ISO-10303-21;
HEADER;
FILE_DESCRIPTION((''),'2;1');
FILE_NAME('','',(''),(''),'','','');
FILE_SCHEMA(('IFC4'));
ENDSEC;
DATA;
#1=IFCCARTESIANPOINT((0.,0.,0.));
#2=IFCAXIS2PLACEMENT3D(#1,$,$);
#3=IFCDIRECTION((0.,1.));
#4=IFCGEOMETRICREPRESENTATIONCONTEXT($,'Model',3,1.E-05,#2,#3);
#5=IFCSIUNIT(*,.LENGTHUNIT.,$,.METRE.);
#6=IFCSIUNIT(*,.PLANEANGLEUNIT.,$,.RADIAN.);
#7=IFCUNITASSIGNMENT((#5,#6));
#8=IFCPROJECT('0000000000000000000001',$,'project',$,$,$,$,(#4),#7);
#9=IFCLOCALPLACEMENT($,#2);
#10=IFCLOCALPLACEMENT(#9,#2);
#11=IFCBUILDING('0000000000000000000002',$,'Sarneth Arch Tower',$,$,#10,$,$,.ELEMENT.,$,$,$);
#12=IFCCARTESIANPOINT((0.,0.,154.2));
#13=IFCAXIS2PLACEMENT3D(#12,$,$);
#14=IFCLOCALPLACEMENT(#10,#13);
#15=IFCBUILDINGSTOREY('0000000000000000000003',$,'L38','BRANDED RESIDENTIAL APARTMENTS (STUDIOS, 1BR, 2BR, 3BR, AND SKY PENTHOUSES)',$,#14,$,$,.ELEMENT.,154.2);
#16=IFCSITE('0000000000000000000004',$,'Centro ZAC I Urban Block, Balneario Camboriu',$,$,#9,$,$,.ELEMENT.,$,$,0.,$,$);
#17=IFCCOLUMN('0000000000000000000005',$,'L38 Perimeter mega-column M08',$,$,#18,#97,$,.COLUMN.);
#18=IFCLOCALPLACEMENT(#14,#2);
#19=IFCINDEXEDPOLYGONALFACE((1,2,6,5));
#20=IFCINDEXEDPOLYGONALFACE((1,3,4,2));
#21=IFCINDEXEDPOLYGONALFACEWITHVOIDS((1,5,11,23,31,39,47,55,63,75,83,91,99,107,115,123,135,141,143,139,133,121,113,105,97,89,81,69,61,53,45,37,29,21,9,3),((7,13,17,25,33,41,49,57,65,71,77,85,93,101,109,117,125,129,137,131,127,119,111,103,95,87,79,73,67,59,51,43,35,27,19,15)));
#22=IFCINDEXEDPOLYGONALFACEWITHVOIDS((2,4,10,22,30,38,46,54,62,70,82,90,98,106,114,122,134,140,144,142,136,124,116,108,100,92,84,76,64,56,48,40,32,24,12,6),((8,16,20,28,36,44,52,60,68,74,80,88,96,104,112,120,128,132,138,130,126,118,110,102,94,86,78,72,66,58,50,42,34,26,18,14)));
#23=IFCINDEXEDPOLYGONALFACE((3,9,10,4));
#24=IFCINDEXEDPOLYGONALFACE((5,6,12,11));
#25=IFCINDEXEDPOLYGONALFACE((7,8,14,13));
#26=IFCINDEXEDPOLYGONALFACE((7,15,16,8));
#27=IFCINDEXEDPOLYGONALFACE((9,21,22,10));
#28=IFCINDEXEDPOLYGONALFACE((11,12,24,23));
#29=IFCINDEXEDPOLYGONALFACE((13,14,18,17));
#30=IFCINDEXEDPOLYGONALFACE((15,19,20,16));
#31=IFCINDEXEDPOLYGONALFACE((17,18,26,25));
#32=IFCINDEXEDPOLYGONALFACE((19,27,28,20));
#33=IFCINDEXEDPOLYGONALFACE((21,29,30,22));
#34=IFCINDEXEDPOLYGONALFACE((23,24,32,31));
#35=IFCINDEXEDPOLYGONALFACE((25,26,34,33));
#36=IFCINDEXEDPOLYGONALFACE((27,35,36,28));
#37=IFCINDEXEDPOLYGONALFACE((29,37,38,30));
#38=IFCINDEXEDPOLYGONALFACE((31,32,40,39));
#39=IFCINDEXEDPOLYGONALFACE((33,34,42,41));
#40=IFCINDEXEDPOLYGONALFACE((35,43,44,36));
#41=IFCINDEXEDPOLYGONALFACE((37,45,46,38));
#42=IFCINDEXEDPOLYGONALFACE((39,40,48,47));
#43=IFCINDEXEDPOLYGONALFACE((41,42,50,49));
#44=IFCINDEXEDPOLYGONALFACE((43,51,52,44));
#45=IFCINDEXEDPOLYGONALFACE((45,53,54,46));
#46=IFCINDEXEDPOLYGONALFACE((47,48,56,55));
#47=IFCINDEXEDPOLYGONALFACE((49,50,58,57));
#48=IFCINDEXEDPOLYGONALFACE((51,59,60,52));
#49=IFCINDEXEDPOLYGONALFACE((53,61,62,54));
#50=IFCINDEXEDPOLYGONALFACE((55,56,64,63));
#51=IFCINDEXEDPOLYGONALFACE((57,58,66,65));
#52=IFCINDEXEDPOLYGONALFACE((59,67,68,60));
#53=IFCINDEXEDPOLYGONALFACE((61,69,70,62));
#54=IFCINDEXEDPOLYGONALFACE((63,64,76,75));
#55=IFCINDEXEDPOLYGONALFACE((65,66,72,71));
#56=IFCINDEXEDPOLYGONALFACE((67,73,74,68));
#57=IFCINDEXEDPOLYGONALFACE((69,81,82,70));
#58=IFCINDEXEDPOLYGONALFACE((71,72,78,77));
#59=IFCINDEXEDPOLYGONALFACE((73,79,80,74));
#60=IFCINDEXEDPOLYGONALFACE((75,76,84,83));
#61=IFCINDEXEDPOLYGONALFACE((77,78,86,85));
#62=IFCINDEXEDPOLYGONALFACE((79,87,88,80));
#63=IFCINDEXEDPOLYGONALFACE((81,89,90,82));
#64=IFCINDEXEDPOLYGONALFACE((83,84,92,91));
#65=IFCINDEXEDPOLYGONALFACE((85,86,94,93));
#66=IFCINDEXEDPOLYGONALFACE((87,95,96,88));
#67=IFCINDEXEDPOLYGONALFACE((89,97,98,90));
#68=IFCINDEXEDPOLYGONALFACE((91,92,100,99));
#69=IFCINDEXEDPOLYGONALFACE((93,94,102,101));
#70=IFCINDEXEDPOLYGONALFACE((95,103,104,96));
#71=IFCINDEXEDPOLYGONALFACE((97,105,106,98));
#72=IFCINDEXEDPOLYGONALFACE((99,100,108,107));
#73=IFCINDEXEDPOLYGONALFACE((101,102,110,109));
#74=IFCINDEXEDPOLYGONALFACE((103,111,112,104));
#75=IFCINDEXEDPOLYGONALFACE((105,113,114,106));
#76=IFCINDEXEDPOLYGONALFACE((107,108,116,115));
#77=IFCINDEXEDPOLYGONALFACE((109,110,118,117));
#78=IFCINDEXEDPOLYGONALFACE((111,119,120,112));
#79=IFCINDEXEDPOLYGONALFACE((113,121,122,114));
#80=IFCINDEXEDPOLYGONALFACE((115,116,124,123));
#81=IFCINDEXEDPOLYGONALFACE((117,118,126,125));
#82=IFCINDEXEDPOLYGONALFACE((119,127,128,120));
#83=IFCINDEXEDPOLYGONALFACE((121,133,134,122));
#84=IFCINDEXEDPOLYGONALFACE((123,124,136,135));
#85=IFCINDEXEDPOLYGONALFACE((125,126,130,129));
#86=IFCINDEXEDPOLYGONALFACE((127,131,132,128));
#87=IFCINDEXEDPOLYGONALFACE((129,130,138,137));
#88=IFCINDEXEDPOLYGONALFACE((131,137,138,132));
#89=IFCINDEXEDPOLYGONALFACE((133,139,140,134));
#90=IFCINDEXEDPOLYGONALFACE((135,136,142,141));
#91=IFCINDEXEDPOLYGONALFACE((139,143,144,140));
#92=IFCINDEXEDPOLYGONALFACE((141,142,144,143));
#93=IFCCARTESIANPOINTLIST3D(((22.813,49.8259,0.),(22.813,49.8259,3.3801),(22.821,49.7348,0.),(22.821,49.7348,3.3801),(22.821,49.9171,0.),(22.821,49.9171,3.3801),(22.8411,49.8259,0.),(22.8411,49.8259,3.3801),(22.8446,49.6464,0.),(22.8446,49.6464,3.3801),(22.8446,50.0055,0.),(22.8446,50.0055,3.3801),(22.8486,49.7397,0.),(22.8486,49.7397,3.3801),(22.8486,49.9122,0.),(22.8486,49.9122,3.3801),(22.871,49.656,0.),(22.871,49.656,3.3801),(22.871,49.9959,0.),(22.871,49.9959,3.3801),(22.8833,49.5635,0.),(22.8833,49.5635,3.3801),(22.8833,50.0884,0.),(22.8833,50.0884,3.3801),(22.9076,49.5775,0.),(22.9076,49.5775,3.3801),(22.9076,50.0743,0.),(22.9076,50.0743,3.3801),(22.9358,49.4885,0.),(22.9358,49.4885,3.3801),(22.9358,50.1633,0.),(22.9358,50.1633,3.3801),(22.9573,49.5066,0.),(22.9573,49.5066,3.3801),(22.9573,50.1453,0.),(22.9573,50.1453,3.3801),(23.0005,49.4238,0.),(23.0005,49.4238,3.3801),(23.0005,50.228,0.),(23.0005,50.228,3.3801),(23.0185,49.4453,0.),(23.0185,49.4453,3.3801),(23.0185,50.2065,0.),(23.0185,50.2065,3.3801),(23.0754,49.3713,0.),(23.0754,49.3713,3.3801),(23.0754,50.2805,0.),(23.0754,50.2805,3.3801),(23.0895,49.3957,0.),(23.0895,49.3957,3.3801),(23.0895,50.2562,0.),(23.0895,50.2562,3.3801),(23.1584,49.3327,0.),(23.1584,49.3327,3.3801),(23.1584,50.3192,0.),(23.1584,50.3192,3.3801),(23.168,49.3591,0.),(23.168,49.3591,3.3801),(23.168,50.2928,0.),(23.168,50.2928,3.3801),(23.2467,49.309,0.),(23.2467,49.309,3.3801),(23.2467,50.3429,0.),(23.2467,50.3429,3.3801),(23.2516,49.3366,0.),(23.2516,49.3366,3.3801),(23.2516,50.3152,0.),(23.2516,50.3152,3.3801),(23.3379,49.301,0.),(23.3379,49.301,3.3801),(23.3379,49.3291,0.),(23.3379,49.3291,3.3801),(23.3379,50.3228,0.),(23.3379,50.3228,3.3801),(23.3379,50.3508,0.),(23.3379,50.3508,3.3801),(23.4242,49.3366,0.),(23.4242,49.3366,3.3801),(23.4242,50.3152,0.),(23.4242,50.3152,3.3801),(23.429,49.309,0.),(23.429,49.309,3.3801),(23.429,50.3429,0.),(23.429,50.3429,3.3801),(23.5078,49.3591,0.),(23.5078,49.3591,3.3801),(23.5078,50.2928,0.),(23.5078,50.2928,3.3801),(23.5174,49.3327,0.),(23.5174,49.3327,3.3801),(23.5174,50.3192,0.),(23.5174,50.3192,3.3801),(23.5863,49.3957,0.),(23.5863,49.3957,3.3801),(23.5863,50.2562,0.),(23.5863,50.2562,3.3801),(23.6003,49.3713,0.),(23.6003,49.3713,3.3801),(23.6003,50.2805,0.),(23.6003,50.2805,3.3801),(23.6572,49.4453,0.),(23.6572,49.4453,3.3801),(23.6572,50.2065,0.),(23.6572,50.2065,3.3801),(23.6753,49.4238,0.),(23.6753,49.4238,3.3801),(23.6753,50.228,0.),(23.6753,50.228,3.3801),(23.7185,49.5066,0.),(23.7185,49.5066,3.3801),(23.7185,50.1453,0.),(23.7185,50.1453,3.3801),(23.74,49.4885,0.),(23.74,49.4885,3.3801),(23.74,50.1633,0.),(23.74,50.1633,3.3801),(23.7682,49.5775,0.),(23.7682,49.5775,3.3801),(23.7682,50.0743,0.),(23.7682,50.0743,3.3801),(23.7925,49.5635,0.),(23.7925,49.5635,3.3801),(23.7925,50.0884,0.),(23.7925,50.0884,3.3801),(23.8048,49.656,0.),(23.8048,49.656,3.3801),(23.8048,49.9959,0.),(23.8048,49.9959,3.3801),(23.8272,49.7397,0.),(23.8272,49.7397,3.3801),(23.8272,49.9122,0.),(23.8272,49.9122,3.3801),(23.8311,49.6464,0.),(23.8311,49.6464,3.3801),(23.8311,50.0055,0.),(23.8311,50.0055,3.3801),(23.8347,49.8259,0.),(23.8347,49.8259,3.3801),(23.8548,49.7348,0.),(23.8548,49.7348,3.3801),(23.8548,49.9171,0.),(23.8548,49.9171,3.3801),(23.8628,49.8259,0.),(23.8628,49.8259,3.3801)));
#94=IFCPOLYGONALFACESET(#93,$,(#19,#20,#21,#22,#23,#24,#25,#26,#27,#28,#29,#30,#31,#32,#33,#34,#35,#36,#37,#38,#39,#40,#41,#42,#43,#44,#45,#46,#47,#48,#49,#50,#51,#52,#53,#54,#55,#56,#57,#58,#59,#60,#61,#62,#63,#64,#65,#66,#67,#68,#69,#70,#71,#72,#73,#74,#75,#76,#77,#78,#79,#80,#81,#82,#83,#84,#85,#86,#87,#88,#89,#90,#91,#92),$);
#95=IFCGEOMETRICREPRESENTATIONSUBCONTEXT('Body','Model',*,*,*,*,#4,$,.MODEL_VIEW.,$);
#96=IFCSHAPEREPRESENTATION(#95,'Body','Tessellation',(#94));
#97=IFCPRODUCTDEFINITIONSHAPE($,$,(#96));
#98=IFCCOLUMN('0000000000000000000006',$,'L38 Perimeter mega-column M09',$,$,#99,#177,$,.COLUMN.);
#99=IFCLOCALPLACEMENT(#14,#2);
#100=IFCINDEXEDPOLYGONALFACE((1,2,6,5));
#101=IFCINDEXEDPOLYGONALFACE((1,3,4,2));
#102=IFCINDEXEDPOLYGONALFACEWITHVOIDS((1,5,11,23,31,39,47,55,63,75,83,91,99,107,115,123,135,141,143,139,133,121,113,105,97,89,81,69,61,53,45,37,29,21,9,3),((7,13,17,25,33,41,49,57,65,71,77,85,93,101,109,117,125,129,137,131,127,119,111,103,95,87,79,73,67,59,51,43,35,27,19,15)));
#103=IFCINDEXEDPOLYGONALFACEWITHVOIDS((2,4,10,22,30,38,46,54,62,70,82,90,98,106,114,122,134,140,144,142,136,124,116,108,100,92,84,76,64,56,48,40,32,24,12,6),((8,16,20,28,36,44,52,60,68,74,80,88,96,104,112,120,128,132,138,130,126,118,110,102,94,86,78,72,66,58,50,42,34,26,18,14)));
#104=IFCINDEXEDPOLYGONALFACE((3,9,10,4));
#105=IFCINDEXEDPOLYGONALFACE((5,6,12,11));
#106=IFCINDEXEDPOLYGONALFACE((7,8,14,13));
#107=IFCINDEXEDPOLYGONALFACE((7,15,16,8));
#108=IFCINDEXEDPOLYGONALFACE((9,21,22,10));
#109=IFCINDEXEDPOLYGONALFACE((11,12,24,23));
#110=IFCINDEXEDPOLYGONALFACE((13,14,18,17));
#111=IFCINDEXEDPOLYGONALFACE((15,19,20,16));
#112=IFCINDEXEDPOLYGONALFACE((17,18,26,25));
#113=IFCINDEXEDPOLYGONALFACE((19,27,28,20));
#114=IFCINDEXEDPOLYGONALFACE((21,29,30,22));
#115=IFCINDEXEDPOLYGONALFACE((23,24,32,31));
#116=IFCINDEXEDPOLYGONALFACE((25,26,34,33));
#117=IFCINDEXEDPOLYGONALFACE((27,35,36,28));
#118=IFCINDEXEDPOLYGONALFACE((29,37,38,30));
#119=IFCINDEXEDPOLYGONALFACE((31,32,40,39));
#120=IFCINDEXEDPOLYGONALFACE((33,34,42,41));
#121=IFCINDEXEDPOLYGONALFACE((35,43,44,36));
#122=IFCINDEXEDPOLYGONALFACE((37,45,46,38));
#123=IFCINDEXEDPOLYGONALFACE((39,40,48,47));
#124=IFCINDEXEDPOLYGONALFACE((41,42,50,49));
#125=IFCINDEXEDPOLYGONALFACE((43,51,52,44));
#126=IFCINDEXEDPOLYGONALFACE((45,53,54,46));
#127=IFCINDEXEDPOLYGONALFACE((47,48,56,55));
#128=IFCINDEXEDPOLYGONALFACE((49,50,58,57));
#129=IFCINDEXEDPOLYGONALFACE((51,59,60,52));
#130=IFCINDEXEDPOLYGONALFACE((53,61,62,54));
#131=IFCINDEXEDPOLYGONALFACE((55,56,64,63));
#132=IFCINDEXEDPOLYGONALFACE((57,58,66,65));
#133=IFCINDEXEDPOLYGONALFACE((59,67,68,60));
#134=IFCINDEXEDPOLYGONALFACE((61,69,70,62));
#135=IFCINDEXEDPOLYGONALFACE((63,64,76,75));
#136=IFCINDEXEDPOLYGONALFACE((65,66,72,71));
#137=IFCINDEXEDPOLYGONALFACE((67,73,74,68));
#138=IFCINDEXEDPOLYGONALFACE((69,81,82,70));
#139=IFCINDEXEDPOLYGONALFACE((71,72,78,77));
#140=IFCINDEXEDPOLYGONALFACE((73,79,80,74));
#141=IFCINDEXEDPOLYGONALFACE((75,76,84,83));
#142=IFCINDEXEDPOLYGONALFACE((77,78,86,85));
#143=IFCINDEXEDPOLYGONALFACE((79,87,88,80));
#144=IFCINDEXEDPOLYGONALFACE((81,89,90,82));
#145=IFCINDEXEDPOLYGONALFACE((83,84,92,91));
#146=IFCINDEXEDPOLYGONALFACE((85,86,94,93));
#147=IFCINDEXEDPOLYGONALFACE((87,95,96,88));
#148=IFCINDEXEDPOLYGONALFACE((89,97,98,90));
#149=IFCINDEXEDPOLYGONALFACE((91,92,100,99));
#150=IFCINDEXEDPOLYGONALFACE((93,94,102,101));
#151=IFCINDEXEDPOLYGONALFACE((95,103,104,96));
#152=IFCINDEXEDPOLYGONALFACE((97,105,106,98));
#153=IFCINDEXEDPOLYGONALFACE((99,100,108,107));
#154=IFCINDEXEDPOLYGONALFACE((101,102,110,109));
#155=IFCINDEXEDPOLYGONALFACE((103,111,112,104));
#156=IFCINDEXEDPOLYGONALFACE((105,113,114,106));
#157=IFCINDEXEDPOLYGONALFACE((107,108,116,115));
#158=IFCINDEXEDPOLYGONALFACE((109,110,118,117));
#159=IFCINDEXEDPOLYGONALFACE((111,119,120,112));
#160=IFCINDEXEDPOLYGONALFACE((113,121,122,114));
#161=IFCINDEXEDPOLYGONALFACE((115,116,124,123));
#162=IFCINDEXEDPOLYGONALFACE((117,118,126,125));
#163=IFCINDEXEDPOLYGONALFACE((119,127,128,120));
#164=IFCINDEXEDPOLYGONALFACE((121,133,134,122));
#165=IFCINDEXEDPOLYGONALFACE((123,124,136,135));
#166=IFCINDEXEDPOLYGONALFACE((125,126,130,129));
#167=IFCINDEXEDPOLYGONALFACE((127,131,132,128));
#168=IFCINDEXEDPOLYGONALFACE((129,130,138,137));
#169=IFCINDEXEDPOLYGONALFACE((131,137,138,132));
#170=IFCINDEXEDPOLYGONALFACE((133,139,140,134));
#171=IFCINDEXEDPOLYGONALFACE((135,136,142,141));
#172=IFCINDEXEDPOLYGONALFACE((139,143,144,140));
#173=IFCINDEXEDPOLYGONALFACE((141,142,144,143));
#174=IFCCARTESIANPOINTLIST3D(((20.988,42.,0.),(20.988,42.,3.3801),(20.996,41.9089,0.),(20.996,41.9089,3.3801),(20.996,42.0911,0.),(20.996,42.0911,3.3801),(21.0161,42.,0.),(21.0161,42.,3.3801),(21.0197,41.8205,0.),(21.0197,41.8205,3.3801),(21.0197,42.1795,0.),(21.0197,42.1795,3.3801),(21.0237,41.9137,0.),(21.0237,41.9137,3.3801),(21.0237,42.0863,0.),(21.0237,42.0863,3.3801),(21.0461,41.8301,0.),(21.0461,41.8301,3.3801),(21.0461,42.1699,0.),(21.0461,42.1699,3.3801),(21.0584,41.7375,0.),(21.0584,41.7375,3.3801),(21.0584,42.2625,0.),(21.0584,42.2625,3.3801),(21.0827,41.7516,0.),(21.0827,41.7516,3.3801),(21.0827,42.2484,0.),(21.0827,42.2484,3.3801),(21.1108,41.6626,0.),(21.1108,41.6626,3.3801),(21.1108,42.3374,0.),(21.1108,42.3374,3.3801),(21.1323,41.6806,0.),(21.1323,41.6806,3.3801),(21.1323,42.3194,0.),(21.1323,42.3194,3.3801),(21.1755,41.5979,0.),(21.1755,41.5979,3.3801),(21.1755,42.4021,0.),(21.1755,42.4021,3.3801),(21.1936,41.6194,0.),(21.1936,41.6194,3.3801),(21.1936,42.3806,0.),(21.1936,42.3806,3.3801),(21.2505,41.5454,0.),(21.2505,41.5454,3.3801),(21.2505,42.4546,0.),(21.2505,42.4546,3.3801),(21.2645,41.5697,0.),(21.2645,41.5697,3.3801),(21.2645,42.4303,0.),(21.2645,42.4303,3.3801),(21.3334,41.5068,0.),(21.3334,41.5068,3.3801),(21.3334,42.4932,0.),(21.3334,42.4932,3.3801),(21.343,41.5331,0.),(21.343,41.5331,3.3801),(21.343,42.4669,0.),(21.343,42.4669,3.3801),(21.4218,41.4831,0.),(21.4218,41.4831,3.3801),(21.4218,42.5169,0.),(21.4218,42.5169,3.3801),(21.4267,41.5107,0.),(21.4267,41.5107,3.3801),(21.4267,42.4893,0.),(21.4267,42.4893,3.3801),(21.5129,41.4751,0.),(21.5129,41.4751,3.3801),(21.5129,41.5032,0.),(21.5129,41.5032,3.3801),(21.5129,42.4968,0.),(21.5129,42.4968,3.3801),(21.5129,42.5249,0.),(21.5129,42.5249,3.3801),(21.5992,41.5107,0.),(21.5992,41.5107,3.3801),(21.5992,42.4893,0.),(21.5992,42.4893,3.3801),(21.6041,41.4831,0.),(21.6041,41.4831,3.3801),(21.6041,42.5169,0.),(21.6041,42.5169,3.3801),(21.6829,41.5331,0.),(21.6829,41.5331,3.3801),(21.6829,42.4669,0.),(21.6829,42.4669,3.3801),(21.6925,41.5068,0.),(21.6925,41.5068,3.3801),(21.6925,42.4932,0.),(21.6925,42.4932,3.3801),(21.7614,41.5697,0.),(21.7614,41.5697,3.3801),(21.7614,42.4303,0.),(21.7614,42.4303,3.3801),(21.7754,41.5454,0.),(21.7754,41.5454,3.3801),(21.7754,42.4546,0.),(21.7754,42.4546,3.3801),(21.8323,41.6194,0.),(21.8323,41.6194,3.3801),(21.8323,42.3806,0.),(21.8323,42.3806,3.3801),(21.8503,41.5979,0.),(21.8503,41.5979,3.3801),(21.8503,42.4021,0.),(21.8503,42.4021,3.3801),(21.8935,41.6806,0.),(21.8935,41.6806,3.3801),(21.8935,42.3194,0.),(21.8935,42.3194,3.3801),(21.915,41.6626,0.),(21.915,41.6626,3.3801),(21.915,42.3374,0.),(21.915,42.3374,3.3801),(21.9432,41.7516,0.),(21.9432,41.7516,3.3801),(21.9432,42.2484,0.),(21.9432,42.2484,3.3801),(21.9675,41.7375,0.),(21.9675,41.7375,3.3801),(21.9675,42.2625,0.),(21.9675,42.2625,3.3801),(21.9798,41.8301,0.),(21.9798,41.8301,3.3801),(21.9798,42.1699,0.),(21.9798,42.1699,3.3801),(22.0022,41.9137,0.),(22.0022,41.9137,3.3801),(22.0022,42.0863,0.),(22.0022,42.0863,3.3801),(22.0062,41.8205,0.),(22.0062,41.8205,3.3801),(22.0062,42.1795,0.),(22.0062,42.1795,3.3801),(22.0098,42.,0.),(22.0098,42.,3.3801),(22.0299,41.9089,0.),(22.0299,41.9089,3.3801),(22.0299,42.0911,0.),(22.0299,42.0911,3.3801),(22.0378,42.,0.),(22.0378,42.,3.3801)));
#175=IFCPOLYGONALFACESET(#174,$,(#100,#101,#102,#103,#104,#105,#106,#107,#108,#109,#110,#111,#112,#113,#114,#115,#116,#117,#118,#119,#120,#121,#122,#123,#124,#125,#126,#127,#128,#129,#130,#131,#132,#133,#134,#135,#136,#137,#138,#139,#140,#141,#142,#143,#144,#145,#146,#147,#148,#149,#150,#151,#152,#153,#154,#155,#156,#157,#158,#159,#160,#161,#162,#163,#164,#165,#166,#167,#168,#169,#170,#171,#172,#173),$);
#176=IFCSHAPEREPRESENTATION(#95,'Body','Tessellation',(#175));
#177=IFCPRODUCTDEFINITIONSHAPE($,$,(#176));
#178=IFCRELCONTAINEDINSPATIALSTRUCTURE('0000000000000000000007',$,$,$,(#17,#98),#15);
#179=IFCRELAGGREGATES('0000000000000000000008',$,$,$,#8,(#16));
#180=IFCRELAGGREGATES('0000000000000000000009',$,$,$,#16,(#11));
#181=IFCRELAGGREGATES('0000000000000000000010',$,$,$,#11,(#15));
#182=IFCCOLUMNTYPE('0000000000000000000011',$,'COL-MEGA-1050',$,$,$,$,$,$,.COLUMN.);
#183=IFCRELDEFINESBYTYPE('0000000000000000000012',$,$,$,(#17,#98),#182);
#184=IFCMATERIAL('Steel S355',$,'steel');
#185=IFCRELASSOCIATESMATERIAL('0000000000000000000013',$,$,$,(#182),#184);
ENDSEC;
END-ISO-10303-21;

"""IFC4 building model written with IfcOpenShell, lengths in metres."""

from ifc_helpers import new_model, si_unit, direction, frame, origin, origin_2d, place, context, subcontext, project, spatial, hollow_circle, extrude, material, material_profile, profile_set, type_object, element, save


model = new_model("IFC4")

# Units and contexts
model_context = context("Model", 3, precision=1e-05, world=origin(), true_north=direction((0.0, 1.0)))
body_context = subcontext(model_context, "Body", "Model", "MODEL_VIEW")
ifc_project = project(units=[si_unit("LENGTHUNIT", "METRE"), si_unit("PLANEANGLEUNIT", "RADIAN")], contexts=[model_context])

# Site, building, storey
site_placement = place(None, origin())
site = spatial("IfcSite", under=ifc_project, at=site_placement, Name="Centro ZAC I Urban Block, Balneario Camboriu", CompositionType="ELEMENT", RefElevation=0.0)
building_placement = place(site_placement, origin())
building = spatial("IfcBuilding", under=site, at=building_placement, Name="Sarneth Arch Tower", CompositionType="ELEMENT")
storey_placement = place(building_placement, frame((0.0, 0.0, 154.2)))
storey = spatial("IfcBuildingStorey", under=building, at=storey_placement, Name="L38", Description="BRANDED RESIDENTIAL APARTMENTS (STUDIOS, 1BR, 2BR, 3BR, AND SKY PENTHOUSES)", CompositionType="ELEMENT", Elevation=154.2)

# Columns
ifc_material_1 = material(Name="Steel S355", Category="steel")
ifc_material_profile_1 = material_profile(ifc_material_1, hollow_circle(Radius=0.5249, WallThickness=0.0281, at=origin_2d()), Name="CHS1050x28")
ifc_profile_set_1 = profile_set([ifc_material_profile_1], Name="Steel S355")
column_type = type_object("IfcColumnType", Name="COL-MEGA-1050", PredefinedType="COLUMN", material=ifc_profile_set_1)
for number, where, z_axis, x_axis, name in (
    (1, (23.3379, 49.8259, 0.0), (0.0, 0.0, 1.0), (1.0, 0.0, 0.0), "L38 Perimeter mega-column M08"),
    (2, (21.5129, 42.0, 0.0), (0.0, 0.0, 1.0), (1.0, 0.0, 0.0), "L38 Perimeter mega-column M09"),
):
    element("IfcColumn", number, at=place(storey_placement, frame(where, z_axis=z_axis, x_axis=x_axis)), inside=storey, type_object=column_type, Name=name, PredefinedType="COLUMN", context=body_context, shape_type="SweptSolid", body=[
        extrude(hollow_circle(Radius=0.5249, WallThickness=0.0281, at=origin_2d()), origin(), (0.0, 0.0, 1.0), 3.3801),
    ])

save(model, "model.ifc")
